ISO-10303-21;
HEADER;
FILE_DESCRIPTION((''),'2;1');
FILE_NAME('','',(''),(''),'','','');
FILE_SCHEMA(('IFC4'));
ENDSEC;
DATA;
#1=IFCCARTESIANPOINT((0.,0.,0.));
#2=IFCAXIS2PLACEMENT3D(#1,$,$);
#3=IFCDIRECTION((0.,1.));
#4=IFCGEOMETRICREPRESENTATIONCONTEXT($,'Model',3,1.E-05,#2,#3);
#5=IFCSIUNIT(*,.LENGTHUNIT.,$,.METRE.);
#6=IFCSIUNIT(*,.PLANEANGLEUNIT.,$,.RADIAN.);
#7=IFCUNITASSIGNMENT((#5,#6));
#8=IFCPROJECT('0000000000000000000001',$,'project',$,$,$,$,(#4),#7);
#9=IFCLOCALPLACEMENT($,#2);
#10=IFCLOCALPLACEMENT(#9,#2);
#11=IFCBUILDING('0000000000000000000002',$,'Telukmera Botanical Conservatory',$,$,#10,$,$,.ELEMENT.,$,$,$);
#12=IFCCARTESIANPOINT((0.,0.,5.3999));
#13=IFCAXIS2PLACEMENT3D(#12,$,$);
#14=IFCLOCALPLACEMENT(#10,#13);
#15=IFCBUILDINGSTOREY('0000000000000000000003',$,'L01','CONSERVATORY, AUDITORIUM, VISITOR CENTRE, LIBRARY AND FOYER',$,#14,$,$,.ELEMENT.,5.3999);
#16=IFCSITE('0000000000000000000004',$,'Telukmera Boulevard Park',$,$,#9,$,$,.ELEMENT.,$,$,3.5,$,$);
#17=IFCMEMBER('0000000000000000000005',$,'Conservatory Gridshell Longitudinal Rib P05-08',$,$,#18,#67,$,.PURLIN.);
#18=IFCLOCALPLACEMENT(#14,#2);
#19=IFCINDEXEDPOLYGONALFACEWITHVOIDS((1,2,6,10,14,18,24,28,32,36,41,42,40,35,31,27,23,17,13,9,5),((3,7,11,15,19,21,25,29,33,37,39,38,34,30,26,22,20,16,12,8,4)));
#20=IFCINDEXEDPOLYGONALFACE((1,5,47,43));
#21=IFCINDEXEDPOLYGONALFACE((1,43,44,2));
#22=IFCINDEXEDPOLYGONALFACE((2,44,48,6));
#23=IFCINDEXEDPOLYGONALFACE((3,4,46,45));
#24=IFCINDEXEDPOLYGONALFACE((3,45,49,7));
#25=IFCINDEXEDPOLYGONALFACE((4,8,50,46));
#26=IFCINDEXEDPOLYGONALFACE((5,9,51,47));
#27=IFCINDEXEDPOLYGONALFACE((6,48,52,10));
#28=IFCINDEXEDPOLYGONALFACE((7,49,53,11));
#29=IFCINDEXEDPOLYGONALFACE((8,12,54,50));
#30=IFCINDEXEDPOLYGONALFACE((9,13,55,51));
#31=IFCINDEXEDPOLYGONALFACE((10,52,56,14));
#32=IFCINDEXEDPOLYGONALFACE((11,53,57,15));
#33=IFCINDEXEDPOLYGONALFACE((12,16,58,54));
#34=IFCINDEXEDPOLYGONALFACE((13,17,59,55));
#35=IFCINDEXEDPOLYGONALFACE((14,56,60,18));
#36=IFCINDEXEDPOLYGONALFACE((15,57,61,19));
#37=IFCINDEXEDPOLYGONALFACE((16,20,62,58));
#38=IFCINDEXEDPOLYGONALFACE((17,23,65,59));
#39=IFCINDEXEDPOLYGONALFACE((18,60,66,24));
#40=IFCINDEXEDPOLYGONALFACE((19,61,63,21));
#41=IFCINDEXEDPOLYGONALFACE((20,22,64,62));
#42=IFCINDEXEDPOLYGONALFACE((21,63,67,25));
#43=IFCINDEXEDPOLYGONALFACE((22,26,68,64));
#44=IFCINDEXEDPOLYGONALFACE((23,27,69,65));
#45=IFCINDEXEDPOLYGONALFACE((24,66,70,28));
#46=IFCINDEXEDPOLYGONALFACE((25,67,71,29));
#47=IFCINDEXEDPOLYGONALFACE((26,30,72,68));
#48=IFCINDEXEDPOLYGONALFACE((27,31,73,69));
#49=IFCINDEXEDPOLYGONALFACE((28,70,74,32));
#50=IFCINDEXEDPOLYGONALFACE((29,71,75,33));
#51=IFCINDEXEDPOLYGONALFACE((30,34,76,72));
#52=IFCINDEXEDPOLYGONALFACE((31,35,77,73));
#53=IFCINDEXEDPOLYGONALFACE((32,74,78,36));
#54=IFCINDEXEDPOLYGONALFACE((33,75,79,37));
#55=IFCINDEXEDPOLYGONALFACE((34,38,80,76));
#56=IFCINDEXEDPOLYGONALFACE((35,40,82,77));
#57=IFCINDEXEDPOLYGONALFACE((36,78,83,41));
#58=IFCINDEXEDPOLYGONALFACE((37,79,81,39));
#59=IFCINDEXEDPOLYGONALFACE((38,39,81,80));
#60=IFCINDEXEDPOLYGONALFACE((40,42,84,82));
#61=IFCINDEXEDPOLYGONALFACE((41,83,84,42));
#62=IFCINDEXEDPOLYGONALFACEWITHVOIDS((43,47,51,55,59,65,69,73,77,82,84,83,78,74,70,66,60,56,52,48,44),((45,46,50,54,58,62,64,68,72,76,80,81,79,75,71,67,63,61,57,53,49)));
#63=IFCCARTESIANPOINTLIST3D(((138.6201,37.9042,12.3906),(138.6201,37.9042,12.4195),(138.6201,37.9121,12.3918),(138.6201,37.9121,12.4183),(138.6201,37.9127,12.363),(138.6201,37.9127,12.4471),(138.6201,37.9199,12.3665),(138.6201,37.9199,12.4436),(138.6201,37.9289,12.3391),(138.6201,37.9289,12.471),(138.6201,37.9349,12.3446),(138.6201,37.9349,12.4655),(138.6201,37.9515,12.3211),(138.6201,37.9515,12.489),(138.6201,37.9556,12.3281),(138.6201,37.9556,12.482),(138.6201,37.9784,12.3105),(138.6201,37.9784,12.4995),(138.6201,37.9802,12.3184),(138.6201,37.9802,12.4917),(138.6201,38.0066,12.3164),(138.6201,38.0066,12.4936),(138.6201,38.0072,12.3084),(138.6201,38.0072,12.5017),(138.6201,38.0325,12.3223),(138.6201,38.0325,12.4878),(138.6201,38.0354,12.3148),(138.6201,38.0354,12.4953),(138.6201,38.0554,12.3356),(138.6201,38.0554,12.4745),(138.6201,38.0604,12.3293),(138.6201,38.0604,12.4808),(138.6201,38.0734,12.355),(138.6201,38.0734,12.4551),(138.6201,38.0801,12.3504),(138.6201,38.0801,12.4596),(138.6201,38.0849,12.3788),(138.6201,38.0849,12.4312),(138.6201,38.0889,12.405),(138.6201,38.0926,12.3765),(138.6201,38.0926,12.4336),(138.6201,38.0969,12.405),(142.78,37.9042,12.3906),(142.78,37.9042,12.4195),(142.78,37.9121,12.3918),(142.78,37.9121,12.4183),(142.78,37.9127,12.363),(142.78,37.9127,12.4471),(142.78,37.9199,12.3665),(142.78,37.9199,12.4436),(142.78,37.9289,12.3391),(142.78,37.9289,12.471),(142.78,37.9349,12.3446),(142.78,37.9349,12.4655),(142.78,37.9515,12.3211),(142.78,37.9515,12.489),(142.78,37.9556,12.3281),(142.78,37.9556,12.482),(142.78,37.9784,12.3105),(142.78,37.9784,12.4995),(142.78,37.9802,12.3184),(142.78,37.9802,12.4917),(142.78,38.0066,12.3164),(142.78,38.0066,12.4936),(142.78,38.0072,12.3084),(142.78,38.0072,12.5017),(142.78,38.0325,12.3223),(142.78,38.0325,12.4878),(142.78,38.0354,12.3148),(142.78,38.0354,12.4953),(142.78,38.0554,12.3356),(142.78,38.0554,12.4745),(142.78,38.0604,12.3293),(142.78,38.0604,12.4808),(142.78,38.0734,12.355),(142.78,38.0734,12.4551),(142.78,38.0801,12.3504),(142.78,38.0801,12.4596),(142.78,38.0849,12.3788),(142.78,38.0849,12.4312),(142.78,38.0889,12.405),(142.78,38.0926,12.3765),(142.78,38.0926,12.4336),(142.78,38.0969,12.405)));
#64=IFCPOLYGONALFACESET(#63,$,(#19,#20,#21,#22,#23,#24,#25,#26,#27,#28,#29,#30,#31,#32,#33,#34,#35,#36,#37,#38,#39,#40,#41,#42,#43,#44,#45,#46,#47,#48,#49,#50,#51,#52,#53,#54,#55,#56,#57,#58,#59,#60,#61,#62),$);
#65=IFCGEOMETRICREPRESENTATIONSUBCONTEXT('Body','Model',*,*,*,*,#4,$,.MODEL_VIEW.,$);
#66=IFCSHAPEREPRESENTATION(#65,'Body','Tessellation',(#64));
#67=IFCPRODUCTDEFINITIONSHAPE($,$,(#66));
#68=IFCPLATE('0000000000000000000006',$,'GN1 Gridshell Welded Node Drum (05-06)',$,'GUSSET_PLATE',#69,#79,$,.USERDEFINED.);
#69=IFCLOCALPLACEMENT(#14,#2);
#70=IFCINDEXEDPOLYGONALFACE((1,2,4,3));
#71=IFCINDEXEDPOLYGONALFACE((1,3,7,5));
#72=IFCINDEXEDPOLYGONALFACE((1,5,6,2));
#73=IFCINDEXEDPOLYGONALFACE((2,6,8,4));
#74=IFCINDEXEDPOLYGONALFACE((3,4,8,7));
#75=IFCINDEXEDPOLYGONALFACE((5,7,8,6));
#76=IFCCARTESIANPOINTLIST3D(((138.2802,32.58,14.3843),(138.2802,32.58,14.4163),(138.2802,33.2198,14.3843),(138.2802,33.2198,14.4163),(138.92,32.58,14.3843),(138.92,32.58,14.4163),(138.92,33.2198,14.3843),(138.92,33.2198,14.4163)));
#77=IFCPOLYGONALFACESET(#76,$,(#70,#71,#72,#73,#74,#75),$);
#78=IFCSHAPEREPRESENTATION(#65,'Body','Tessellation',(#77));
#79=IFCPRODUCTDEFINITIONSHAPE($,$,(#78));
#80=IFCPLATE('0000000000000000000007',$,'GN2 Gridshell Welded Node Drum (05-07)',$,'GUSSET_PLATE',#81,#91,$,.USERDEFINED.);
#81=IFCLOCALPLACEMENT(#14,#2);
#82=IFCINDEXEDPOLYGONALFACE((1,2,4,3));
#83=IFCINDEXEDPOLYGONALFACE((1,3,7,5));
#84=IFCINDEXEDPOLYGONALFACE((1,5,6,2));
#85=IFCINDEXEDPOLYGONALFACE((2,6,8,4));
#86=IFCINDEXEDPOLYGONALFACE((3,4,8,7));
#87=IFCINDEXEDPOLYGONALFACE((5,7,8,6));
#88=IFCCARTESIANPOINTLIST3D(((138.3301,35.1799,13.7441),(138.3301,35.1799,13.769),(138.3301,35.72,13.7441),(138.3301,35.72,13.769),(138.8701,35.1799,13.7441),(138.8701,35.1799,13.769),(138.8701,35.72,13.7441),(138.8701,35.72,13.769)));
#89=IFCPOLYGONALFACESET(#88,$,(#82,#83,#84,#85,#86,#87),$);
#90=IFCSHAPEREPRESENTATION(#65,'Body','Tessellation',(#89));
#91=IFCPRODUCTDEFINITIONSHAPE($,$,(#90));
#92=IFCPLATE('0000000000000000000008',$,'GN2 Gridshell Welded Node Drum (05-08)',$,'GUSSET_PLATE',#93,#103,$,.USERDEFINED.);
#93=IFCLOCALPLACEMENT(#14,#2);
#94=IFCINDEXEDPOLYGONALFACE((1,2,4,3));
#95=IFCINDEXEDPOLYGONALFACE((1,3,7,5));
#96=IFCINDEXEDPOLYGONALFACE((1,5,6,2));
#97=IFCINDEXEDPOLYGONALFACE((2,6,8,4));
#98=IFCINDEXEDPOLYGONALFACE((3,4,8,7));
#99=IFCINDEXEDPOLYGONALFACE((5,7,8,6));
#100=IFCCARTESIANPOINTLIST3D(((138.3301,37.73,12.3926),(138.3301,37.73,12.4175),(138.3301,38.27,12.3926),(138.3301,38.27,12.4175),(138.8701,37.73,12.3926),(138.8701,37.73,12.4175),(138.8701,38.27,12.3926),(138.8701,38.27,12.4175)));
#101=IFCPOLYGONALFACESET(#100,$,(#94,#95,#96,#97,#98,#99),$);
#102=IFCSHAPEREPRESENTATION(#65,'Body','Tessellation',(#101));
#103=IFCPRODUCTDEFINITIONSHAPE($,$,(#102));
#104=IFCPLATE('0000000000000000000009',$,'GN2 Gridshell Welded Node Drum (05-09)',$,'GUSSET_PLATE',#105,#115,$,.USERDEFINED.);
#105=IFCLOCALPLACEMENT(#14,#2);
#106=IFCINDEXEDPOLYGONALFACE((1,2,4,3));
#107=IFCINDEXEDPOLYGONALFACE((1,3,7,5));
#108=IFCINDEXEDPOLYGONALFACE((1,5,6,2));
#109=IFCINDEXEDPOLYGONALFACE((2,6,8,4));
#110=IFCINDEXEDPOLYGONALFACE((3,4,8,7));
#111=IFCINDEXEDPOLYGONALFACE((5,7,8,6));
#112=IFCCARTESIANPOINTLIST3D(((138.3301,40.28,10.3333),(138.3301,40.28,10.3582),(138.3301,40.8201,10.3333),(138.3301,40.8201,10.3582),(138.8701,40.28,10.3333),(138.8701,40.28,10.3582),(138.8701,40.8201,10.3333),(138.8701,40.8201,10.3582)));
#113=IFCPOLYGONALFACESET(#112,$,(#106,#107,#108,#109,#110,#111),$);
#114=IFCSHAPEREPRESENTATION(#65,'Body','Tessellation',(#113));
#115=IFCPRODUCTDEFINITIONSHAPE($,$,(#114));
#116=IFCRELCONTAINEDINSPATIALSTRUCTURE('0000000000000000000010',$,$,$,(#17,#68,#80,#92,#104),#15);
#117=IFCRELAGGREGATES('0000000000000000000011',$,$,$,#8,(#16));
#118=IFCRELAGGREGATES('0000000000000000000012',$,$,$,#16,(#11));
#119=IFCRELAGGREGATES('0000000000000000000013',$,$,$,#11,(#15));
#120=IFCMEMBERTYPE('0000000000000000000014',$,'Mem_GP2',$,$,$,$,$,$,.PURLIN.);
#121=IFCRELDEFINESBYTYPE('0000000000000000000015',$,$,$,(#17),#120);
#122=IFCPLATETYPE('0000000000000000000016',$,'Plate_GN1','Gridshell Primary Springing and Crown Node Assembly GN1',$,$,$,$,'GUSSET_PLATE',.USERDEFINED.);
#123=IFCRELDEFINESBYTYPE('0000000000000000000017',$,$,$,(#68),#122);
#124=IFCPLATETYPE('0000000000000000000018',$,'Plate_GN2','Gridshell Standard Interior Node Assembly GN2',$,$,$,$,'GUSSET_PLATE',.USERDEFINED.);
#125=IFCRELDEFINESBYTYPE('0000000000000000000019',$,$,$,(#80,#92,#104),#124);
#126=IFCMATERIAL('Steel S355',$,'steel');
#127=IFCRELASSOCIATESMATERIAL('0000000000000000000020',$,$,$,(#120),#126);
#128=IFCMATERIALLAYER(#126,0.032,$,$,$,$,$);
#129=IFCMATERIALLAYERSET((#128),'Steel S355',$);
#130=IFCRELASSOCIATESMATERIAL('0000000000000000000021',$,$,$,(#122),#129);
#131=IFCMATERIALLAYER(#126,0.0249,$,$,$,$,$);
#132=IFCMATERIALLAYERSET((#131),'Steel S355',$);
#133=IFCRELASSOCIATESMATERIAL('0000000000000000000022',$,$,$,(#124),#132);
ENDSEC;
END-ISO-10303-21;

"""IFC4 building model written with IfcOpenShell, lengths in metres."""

from ifc_helpers import new_model, si_unit, direction, frame, origin, origin_2d, place, context, subcontext, project, spatial, rectangle, hollow_circle, extrude, material, layer, layer_set, material_profile, profile_set, type_object, element, save


model = new_model("IFC4")

# Units and contexts
model_context = context("Model", 3, precision=1e-05, world=origin(), true_north=direction((0.0, 1.0)))
body_context = subcontext(model_context, "Body", "Model", "MODEL_VIEW")
ifc_project = project(units=[si_unit("LENGTHUNIT", "METRE"), si_unit("PLANEANGLEUNIT", "RADIAN")], contexts=[model_context])

# Site, building, storey
site_placement = place(None, origin())
site = spatial("IfcSite", under=ifc_project, at=site_placement, Name="Telukmera Boulevard Park", CompositionType="ELEMENT", RefElevation=3.5)
building_placement = place(site_placement, origin())
building = spatial("IfcBuilding", under=site, at=building_placement, Name="Telukmera Botanical Conservatory", CompositionType="ELEMENT")
storey_placement = place(building_placement, frame((0.0, 0.0, 5.3999)))
storey = spatial("IfcBuildingStorey", under=building, at=storey_placement, Name="L01", Description="CONSERVATORY, AUDITORIUM, VISITOR CENTRE, LIBRARY AND FOYER", CompositionType="ELEMENT", Elevation=5.3999)

# Member
ifc_material = material(Name="Steel S355", Category="steel")
ifc_material_profile_1 = material_profile(ifc_material, hollow_circle(Radius=0.0969, WallThickness=0.0081, at=origin_2d()), Name="CHS 193.7x8.0")
ifc_profile_set_1 = profile_set([ifc_material_profile_1], Name="Steel S355")
member_type_1 = type_object("IfcMemberType", Name="Mem_GP2", PredefinedType="PURLIN", material=ifc_profile_set_1)
for number, where, z_axis, x_axis, name in (
    (1, (138.6201, 38.0, 12.405), (1.0, 0.0, 0.0), (0.0, 1.0, 0.0), "Conservatory Gridshell Longitudinal Rib P05-08"),
):
    element("IfcMember", number, at=place(storey_placement, frame(where, z_axis=z_axis, x_axis=x_axis)), inside=storey, type_object=member_type_1, Name=name, PredefinedType="PURLIN", context=body_context, shape_type="SweptSolid", body=[
        extrude(hollow_circle(Radius=0.0969, WallThickness=0.0081, at=origin_2d()), origin(), (0.0, 0.0, 1.0), 4.1599),
    ])

# Plates
ifc_layer_1 = layer(ifc_material, 0.032)
ifc_layer_set_1 = layer_set([ifc_layer_1], Name="Steel S355")
plate_type_1 = type_object("IfcPlateType", Name="Plate_GN1", Description="Gridshell Primary Springing and Crown Node Assembly GN1", ElementType="GUSSET_PLATE", PredefinedType="USERDEFINED", material=ifc_layer_set_1)
plate_placement = place(storey_placement, frame((138.6001, 32.8999, 14.3843), z_axis=(0.0, 0.0, 1.0), x_axis=(1.0, 0.0, 0.0)))
element("IfcPlate", 2, at=plate_placement, inside=storey, type_object=plate_type_1, Name="GN1 Gridshell Welded Node Drum (05-06)", ObjectType="GUSSET_PLATE", PredefinedType="USERDEFINED", context=body_context, shape_type="SweptSolid", body=[
    extrude(rectangle(XDim=0.6399, YDim=0.6399, at=origin_2d()), origin(), (0.0, 0.0, 1.0), 0.032),
])
ifc_layer_2 = layer(ifc_material, 0.0249)
ifc_layer_set_2 = layer_set([ifc_layer_2], Name="Steel S355")
plate_type_2 = type_object("IfcPlateType", Name="Plate_GN2", Description="Gridshell Standard Interior Node Assembly GN2", ElementType="GUSSET_PLATE", PredefinedType="USERDEFINED", material=ifc_layer_set_2)
for number, where, z_axis, x_axis, name in (
    (3, (138.6001, 35.45, 13.7441), (0.0, 0.0, 1.0), (1.0, 0.0, 0.0), "GN2 Gridshell Welded Node Drum (05-07)"),
    (4, (138.6001, 38.0, 12.3926), (0.0, 0.0, 1.0), (1.0, 0.0, 0.0), "GN2 Gridshell Welded Node Drum (05-08)"),
    (5, (138.6001, 40.55, 10.3333), (0.0, 0.0, 1.0), (1.0, 0.0, 0.0), "GN2 Gridshell Welded Node Drum (05-09)"),
):
    element("IfcPlate", number, at=place(storey_placement, frame(where, z_axis=z_axis, x_axis=x_axis)), inside=storey, type_object=plate_type_2, Name=name, ObjectType="GUSSET_PLATE", PredefinedType="USERDEFINED", context=body_context, shape_type="SweptSolid", body=[
        extrude(rectangle(XDim=0.54, YDim=0.54, at=origin_2d()), origin(), (0.0, 0.0, 1.0), 0.0249),
    ])

save(model, "model.ifc")
